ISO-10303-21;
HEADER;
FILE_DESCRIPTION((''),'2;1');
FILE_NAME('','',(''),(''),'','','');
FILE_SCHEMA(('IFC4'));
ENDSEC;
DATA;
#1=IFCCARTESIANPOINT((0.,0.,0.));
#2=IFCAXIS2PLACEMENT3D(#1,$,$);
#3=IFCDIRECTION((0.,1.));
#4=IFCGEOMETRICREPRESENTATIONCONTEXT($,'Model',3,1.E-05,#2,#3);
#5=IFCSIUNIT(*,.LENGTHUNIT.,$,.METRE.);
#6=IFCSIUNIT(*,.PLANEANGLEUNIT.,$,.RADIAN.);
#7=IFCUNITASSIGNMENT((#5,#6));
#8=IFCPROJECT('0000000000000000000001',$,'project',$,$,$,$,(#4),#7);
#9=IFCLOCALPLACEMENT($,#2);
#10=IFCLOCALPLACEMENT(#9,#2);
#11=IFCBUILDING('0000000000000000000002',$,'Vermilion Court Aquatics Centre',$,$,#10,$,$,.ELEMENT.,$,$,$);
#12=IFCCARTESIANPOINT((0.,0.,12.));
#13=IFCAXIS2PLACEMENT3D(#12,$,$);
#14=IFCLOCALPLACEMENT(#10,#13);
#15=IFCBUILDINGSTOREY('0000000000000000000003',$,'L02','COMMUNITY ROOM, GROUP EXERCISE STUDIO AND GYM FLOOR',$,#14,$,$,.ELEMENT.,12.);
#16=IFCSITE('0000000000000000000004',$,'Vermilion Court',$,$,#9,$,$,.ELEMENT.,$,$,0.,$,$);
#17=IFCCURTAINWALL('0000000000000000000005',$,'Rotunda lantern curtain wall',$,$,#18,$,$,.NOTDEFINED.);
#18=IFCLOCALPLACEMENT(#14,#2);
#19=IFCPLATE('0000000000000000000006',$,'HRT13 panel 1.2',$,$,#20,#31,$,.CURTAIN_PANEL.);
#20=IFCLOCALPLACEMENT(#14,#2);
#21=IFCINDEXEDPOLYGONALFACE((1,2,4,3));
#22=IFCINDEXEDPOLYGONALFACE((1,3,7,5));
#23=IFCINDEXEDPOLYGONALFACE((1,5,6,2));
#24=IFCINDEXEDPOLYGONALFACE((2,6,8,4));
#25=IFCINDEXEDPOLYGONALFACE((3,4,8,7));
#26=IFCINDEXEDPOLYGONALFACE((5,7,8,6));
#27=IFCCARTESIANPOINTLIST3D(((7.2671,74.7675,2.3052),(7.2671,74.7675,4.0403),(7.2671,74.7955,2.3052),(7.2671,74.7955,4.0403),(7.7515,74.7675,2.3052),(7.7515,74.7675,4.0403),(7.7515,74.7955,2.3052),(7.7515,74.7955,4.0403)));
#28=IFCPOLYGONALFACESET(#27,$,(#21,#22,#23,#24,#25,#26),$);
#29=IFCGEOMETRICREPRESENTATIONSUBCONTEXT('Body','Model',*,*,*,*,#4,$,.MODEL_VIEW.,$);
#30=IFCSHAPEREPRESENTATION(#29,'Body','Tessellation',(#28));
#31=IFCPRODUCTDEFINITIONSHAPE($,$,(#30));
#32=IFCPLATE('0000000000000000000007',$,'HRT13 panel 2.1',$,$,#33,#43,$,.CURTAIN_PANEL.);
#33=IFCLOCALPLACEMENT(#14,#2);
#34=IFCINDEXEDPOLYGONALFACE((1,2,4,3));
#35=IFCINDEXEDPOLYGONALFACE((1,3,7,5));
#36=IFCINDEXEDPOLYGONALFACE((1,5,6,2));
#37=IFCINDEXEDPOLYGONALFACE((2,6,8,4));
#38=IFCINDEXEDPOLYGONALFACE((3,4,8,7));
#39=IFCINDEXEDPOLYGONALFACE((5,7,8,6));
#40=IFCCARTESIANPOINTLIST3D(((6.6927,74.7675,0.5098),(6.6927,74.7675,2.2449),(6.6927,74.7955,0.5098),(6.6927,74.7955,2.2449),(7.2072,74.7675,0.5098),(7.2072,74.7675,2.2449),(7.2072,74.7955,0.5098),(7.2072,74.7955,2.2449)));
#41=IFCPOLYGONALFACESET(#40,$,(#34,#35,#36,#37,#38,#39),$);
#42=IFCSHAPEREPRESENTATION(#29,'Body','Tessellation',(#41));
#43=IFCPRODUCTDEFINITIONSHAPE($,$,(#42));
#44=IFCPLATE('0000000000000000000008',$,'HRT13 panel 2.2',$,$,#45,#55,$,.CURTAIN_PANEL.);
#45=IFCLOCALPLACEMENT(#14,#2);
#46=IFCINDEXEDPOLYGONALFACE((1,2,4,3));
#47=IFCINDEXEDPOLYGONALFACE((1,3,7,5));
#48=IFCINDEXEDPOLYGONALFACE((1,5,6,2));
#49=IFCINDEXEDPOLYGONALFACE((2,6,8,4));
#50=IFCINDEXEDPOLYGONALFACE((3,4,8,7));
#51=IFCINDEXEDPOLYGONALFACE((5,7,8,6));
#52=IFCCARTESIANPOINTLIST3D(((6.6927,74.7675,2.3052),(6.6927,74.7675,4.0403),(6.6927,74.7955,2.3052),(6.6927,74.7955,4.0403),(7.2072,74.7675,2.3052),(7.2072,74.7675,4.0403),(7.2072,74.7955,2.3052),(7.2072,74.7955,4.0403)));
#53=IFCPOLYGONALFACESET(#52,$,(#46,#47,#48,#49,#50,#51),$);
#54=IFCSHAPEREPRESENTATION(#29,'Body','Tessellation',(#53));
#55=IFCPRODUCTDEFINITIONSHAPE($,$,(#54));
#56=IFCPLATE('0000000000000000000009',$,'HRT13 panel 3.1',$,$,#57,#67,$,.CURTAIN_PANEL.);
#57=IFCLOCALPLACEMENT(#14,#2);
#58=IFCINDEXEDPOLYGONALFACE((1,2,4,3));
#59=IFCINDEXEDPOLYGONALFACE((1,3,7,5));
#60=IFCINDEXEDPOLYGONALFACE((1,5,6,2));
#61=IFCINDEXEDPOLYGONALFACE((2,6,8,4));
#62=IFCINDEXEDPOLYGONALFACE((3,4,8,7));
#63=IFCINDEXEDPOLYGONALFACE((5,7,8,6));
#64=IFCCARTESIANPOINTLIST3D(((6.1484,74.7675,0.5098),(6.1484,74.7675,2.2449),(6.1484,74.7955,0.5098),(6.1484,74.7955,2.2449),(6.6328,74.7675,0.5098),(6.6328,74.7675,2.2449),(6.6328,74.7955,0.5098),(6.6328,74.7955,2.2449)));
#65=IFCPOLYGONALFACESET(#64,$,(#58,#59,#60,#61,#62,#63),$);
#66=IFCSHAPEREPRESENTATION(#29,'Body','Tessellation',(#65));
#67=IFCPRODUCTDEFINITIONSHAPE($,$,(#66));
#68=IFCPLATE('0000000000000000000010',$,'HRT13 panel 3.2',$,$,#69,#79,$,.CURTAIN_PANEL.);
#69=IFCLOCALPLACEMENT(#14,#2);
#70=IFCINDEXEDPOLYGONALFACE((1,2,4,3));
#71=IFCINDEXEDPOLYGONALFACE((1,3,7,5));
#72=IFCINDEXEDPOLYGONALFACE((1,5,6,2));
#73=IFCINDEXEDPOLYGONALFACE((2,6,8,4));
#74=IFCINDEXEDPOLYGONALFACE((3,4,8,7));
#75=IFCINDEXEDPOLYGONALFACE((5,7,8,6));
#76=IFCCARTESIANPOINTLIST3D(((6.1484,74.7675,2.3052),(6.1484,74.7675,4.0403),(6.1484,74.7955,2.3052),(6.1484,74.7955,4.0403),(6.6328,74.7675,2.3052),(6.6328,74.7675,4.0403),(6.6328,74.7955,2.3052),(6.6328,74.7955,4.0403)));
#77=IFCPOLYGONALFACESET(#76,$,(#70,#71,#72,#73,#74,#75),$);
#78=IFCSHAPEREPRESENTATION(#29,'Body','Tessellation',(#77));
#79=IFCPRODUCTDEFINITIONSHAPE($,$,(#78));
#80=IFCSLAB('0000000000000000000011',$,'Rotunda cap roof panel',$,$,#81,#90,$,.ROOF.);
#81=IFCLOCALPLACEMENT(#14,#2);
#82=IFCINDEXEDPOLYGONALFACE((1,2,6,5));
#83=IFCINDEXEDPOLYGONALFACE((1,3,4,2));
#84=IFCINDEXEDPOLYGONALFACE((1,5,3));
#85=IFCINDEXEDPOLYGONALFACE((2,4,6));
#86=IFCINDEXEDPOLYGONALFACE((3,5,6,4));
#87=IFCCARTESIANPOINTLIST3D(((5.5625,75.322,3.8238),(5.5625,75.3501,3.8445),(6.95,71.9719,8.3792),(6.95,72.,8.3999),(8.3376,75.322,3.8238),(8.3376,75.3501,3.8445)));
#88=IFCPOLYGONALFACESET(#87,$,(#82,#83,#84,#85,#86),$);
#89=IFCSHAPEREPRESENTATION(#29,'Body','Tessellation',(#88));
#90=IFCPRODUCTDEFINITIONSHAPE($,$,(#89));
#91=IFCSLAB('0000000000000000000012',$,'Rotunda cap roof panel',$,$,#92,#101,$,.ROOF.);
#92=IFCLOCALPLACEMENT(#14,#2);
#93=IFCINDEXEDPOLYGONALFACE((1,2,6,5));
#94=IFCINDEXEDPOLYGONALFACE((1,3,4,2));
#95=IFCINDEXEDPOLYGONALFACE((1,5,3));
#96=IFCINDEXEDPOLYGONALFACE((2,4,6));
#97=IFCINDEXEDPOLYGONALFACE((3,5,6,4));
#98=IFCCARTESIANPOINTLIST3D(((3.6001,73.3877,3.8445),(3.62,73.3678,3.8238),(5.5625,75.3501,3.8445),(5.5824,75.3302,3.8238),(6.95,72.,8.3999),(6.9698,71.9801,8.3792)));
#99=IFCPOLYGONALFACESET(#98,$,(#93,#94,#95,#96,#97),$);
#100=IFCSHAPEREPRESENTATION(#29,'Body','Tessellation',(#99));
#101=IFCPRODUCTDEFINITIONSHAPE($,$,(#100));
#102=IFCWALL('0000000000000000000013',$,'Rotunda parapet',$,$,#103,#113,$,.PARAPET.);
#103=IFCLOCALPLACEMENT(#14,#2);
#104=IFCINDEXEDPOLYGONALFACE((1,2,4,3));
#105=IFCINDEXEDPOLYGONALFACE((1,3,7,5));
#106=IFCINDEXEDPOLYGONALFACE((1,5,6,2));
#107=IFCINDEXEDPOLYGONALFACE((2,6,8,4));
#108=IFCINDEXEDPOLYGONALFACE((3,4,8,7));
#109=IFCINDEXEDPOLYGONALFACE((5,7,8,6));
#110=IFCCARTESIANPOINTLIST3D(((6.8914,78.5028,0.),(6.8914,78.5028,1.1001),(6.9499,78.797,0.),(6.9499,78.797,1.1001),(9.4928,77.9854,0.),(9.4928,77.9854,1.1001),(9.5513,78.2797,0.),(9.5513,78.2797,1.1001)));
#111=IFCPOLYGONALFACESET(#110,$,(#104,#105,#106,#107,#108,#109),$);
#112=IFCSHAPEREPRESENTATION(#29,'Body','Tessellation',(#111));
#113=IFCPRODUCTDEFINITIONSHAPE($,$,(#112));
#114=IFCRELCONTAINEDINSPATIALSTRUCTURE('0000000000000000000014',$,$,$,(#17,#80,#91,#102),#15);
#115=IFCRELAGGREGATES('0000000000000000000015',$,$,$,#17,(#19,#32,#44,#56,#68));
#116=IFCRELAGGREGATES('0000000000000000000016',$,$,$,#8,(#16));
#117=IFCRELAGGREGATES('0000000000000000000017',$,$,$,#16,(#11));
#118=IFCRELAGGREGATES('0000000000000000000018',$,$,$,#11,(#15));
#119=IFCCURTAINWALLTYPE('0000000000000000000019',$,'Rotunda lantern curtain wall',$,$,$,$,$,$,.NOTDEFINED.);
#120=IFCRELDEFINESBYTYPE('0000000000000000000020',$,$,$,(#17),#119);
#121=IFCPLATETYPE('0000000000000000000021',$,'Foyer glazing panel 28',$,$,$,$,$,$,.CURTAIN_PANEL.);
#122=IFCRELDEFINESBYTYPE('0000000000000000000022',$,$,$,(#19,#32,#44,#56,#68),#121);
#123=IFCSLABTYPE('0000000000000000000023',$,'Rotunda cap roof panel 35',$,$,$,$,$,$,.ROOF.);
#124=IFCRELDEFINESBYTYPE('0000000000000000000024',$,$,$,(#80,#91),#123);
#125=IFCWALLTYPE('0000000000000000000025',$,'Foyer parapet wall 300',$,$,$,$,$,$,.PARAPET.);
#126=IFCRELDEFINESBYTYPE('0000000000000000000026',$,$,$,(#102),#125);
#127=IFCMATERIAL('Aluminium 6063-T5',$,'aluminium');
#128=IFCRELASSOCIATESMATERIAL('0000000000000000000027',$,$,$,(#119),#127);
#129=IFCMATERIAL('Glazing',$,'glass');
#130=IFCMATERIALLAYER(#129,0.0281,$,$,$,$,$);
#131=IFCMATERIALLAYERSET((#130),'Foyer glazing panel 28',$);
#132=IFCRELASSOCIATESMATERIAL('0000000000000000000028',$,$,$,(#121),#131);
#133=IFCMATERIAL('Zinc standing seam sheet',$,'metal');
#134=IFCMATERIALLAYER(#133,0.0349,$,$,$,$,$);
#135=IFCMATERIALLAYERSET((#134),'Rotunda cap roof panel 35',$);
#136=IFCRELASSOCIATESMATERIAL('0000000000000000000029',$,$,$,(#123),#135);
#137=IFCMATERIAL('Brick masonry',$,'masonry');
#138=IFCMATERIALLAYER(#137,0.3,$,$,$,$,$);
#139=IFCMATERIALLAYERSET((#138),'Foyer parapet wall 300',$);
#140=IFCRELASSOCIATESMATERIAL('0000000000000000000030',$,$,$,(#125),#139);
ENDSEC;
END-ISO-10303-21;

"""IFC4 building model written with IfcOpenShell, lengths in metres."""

from ifc_helpers import new_model, si_unit, direction, frame, frame_2d, origin, origin_2d, place, context, subcontext, project, spatial, polyline, rectangle, outline, extrude, material, layer, layer_set, type_object, element, aggregate, save


model = new_model("IFC4")

# Units and contexts
model_context = context("Model", 3, precision=1e-05, world=origin(), true_north=direction((0.0, 1.0)))
body_context = subcontext(model_context, "Body", "Model", "MODEL_VIEW")
ifc_project = project(units=[si_unit("LENGTHUNIT", "METRE"), si_unit("PLANEANGLEUNIT", "RADIAN")], contexts=[model_context])

# Site, building, storey
site_placement = place(None, origin())
site = spatial("IfcSite", under=ifc_project, at=site_placement, Name="Vermilion Court", CompositionType="ELEMENT", RefElevation=0.0)
building_placement = place(site_placement, origin())
building = spatial("IfcBuilding", under=site, at=building_placement, Name="Vermilion Court Aquatics Centre", CompositionType="ELEMENT")
storey_placement = place(building_placement, frame((0.0, 0.0, 12.0)))
storey = spatial("IfcBuildingStorey", under=building, at=storey_placement, Name="L02", Description="COMMUNITY ROOM, GROUP EXERCISE STUDIO AND GYM FLOOR", CompositionType="ELEMENT", Elevation=12.0)

# Curtain wall
ifc_material_1 = material(Name="Aluminium 6063-T5", Category="aluminium")
curtain_wall_type = type_object("IfcCurtainWallType", Name="Rotunda lantern curtain wall", PredefinedType="NOTDEFINED", material=ifc_material_1)
curtain_wall_1_placement = place(storey_placement, origin())
curtain_wall_1 = element("IfcCurtainWall", 1, at=curtain_wall_1_placement, inside=storey, type_object=curtain_wall_type, Name="Rotunda lantern curtain wall", PredefinedType="NOTDEFINED")

# Plates
ifc_material_2 = material(Name="Glazing", Category="glass")
ifc_layer_1 = layer(ifc_material_2, 0.0281)
ifc_layer_set_1 = layer_set([ifc_layer_1], Name="Foyer glazing panel 28")
plate_type = type_object("IfcPlateType", Name="Foyer glazing panel 28", PredefinedType="CURTAIN_PANEL", material=ifc_layer_set_1)
plate_1_placement = place(storey_placement, frame((7.5093, 74.7815, 2.3052), z_axis=(0.0, 0.0, 1.0), x_axis=(-1.0, 0.0, 0.0)))
plate_1 = element("IfcPlate", 2, at=plate_1_placement, type_object=plate_type, Name="HRT13 panel 1.2", PredefinedType="CURTAIN_PANEL", context=body_context, shape_type="SweptSolid", body=[
    extrude(rectangle(XDim=0.4844, YDim=0.0281, at=origin_2d()), origin(), (0.0, 0.0, 1.0), 1.7351),
])
plate_2_placement = place(storey_placement, frame((6.95, 74.7815, 0.5098), z_axis=(0.0, 0.0, 1.0), x_axis=(-1.0, 0.0, 0.0)))
plate_2 = element("IfcPlate", 3, at=plate_2_placement, type_object=plate_type, Name="HRT13 panel 2.1", PredefinedType="CURTAIN_PANEL", context=body_context, shape_type="SweptSolid", body=[
    extrude(rectangle(XDim=0.5144, YDim=0.0281, at=origin_2d()), origin(), (0.0, 0.0, 1.0), 1.7351),
])
plate_3_placement = place(storey_placement, frame((6.95, 74.7815, 2.3052), z_axis=(0.0, 0.0, 1.0), x_axis=(-1.0, 0.0, 0.0)))
plate_3 = element("IfcPlate", 4, at=plate_3_placement, type_object=plate_type, Name="HRT13 panel 2.2", PredefinedType="CURTAIN_PANEL", context=body_context, shape_type="SweptSolid", body=[
    extrude(rectangle(XDim=0.5144, YDim=0.0281, at=origin_2d()), origin(), (0.0, 0.0, 1.0), 1.7351),
])
plate_4_placement = place(storey_placement, frame((6.3906, 74.7815, 0.5098), z_axis=(0.0, 0.0, 1.0), x_axis=(-1.0, 0.0, 0.0)))
plate_4 = element("IfcPlate", 5, at=plate_4_placement, type_object=plate_type, Name="HRT13 panel 3.1", PredefinedType="CURTAIN_PANEL", context=body_context, shape_type="SweptSolid", body=[
    extrude(rectangle(XDim=0.4844, YDim=0.0281, at=origin_2d()), origin(), (0.0, 0.0, 1.0), 1.7351),
])
plate_5_placement = place(storey_placement, frame((6.3906, 74.7815, 2.3052), z_axis=(0.0, 0.0, 1.0), x_axis=(-1.0, 0.0, 0.0)))
plate_5 = element("IfcPlate", 6, at=plate_5_placement, type_object=plate_type, Name="HRT13 panel 3.2", PredefinedType="CURTAIN_PANEL", context=body_context, shape_type="SweptSolid", body=[
    extrude(rectangle(XDim=0.4844, YDim=0.0281, at=origin_2d()), origin(), (0.0, 0.0, 1.0), 1.7351),
])
aggregate(curtain_wall_1, [plate_1, plate_2, plate_3, plate_4, plate_5])

# Slabs
ifc_material_3 = material(Name="Zinc standing seam sheet", Category="metal")
ifc_layer_2 = layer(ifc_material_3, 0.0349)
ifc_layer_set_2 = layer_set([ifc_layer_2], Name="Rotunda cap roof panel 35")
slab_type = type_object("IfcSlabType", Name="Rotunda cap roof panel 35", PredefinedType="ROOF", material=ifc_layer_set_2)
slab_1_placement = place(storey_placement, frame((8.3376, 75.3501, 3.8445), z_axis=(0.0, 0.805607, 0.592451), x_axis=(-1.0, 0.0, 0.0)))
element("IfcSlab", 7, at=slab_1_placement, inside=storey, type_object=slab_type, Name="Rotunda cap roof panel", PredefinedType="ROOF", context=body_context, shape_type="SweptSolid", body=[
    extrude(outline(polyline([(0.0, 0.0), (2.7751, 0.0), (1.3877, 5.6546), (0.0, 0.0)])), origin(), (0.0, 0.0, -1.0), 0.0349),
])
slab_2_placement = place(storey_placement, frame((5.5625, 75.3501, 3.8445), z_axis=(-0.569659, 0.569659, 0.592434), x_axis=(-0.707107, -0.707107, 0.0)))
element("IfcSlab", 8, at=slab_2_placement, inside=storey, type_object=slab_type, Name="Rotunda cap roof panel", PredefinedType="ROOF", context=body_context, shape_type="SweptSolid", body=[
    extrude(outline(polyline([(0.0, 0.0), (2.7753, 0.0), (1.3878, 5.6546), (0.0, 0.0)])), origin(), (0.0, 0.0, -1.0), 0.0349),
])

# Wall
ifc_material_4 = material(Name="Brick masonry", Category="masonry")
ifc_layer_3 = layer(ifc_material_4, 0.3)
ifc_layer_set_3 = layer_set([ifc_layer_3], Name="Foyer parapet wall 300")
wall_type = type_object("IfcWallType", Name="Foyer parapet wall 300", PredefinedType="PARAPET", material=ifc_layer_set_3)
wall_placement = place(storey_placement, frame((6.9207, 78.6499, 0.0), z_axis=(0.0, 0.0, 1.0), x_axis=(0.980793, -0.195054, 0.0)))
element("IfcWall", 9, at=wall_placement, inside=storey, type_object=wall_type, Name="Rotunda parapet", PredefinedType="PARAPET", context=body_context, shape_type="SweptSolid", body=[
    extrude(rectangle(XDim=2.6523, YDim=0.3, at=frame_2d((1.3262, 0.0))), origin(), (0.0, 0.0, 1.0), 1.1001),
])

save(model, "model.ifc")
